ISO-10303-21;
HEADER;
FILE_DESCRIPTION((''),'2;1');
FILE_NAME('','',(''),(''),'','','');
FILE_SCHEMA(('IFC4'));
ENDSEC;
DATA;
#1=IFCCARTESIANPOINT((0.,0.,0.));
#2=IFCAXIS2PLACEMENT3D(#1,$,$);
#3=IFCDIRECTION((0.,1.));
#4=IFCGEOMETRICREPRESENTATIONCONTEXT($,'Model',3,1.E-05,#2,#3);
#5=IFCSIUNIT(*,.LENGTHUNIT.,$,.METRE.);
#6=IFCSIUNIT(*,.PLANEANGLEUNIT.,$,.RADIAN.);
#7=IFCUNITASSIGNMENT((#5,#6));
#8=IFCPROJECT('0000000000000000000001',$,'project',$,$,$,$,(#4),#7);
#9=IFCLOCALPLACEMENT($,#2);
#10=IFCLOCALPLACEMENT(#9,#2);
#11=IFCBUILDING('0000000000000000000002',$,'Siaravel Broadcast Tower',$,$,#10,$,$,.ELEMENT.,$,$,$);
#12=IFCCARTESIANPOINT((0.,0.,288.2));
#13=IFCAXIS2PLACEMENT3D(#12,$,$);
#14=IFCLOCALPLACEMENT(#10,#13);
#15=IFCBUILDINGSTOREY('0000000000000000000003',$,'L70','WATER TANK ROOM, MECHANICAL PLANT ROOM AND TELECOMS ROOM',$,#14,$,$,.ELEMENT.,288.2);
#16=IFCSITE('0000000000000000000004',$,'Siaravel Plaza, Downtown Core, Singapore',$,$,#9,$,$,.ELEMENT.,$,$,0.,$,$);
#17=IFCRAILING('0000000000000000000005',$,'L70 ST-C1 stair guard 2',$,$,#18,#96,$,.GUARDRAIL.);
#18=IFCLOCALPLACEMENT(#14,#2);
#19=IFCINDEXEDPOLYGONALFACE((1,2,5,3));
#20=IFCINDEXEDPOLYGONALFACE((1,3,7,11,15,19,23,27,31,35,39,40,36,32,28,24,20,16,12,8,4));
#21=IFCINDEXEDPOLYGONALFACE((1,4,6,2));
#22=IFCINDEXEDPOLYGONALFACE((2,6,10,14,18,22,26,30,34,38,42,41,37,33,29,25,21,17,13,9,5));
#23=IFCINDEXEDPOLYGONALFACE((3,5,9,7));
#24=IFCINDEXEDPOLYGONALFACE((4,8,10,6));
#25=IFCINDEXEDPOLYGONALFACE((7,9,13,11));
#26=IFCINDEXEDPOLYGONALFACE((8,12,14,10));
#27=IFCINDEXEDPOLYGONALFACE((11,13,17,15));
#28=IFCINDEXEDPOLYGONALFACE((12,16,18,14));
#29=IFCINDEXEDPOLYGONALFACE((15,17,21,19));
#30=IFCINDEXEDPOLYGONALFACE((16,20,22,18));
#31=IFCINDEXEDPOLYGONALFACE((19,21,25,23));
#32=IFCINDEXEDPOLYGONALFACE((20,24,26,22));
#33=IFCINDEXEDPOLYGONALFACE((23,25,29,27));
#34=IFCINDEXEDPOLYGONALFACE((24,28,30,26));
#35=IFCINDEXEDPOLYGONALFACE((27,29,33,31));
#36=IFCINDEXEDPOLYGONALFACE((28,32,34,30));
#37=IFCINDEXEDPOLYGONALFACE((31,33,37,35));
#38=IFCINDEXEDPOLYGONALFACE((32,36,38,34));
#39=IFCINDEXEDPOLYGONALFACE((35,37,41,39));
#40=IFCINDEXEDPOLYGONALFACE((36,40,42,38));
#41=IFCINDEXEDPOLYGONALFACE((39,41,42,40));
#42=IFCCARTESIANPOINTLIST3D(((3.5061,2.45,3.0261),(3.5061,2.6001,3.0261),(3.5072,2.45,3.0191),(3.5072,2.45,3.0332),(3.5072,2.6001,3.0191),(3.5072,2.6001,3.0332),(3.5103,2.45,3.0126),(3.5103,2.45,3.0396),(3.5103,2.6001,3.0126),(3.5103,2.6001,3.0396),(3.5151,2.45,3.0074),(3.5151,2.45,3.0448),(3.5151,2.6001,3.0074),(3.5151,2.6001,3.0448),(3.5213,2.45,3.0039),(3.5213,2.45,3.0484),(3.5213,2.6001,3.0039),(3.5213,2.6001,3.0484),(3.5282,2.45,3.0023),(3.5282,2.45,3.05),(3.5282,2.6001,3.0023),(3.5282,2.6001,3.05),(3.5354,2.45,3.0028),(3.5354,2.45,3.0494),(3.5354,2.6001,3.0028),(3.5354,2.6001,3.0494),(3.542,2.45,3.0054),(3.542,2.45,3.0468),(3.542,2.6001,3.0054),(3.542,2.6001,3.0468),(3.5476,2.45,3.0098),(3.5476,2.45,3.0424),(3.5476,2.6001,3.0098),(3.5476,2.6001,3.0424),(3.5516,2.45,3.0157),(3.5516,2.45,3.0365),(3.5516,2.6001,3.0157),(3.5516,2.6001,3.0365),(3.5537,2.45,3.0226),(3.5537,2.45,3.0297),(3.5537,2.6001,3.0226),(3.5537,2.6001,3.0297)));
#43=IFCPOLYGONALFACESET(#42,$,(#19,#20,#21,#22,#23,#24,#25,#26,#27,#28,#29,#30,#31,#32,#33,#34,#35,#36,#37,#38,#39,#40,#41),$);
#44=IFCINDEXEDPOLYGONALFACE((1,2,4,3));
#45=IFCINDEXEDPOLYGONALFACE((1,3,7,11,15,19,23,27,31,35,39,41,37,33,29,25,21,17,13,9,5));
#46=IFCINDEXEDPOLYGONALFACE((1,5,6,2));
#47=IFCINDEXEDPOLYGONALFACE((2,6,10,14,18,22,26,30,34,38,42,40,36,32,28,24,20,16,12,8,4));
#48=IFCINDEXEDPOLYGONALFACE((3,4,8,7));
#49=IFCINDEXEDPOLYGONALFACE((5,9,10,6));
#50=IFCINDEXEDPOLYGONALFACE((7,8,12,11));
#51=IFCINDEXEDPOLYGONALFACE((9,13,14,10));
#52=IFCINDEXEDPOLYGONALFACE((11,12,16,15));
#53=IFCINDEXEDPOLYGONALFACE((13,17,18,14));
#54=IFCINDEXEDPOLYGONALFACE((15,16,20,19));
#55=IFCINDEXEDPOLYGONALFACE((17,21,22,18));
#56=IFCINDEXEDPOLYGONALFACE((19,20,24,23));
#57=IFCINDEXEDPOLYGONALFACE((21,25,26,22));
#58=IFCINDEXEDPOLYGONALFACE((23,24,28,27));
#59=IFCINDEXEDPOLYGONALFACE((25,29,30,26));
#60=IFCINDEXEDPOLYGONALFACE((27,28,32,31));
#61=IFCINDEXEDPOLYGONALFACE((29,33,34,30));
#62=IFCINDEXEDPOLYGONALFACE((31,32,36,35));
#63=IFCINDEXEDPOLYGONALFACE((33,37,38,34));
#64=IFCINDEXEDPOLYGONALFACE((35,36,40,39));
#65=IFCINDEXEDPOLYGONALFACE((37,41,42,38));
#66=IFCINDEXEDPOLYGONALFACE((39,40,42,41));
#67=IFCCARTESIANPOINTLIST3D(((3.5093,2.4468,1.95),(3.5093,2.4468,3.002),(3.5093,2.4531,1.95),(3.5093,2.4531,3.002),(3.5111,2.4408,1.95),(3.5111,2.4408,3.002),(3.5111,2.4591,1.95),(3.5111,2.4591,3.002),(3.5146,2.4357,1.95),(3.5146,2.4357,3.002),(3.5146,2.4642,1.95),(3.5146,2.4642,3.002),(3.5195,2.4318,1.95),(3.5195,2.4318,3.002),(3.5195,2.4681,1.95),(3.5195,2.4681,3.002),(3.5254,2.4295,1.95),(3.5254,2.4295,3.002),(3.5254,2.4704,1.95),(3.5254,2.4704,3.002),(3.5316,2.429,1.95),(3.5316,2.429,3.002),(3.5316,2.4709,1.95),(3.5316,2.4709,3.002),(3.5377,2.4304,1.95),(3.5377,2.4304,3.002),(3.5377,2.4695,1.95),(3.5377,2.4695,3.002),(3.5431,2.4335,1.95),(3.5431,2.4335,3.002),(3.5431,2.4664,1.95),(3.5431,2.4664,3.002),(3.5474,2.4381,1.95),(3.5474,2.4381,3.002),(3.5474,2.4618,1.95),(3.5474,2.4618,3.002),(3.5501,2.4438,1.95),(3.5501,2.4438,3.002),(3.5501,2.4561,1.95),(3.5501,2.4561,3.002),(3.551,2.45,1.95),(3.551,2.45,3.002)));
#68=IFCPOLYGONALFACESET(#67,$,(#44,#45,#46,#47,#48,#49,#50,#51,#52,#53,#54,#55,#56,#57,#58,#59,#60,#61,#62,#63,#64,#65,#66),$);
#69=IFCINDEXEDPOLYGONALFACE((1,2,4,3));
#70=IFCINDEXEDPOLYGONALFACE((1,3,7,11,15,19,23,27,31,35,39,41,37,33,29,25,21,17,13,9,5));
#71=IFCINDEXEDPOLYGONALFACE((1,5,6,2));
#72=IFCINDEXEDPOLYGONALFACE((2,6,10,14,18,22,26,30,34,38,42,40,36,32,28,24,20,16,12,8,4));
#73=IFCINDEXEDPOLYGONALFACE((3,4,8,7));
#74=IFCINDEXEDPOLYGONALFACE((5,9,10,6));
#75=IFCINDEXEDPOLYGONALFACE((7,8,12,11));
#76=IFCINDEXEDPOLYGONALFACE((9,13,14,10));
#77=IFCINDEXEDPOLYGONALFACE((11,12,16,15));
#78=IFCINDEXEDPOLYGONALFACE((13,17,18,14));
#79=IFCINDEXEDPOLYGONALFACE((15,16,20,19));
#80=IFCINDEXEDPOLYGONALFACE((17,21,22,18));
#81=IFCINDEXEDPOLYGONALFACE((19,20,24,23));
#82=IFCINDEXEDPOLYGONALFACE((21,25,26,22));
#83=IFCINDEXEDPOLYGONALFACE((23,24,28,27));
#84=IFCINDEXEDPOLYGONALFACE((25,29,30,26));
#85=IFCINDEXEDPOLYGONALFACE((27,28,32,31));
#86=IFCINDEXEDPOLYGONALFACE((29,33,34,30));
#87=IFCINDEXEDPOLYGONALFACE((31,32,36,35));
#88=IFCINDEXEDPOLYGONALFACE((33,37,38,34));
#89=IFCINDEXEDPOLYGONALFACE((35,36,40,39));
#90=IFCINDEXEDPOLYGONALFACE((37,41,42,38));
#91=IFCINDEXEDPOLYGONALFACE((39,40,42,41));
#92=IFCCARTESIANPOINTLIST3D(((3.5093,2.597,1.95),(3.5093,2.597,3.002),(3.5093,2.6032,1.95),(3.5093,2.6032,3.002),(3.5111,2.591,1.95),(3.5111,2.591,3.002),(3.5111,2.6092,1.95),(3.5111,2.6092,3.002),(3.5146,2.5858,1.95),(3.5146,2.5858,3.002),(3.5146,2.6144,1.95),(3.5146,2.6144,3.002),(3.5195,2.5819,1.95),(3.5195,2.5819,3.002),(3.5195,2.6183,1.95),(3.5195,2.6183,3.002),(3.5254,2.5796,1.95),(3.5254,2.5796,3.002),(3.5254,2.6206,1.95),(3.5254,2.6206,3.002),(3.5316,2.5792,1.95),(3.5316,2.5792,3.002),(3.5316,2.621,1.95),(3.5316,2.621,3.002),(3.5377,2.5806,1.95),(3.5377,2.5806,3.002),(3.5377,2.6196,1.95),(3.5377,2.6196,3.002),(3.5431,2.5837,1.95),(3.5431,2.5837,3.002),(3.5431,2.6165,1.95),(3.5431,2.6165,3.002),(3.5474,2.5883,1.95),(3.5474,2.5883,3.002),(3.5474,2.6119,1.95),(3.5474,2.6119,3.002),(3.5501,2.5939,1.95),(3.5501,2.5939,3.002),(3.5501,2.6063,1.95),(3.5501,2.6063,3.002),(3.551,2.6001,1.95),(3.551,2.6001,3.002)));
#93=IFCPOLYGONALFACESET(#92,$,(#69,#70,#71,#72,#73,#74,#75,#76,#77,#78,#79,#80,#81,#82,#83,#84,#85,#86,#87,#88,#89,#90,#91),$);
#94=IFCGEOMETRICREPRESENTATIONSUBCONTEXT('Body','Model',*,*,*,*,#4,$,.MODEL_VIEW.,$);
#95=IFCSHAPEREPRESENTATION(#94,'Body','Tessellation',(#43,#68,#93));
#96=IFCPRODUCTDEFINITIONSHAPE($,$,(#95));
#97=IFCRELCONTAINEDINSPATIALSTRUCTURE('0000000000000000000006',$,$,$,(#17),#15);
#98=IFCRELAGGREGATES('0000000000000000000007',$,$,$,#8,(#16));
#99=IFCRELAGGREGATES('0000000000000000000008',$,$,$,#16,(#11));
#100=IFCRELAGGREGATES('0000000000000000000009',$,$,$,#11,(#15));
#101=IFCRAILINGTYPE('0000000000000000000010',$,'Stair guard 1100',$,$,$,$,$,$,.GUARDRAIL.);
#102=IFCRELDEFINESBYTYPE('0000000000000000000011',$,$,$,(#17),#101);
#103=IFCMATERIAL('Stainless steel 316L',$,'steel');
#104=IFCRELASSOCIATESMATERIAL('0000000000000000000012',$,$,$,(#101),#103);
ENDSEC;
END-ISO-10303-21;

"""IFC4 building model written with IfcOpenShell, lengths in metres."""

from ifc_helpers import new_model, si_unit, direction, frame, origin, origin_2d, place, context, subcontext, project, spatial, circle, extrude, material, type_object, element, save


model = new_model("IFC4")

# Units and contexts
model_context = context("Model", 3, precision=1e-05, world=origin(), true_north=direction((0.0, 1.0)))
body_context = subcontext(model_context, "Body", "Model", "MODEL_VIEW")
ifc_project = project(units=[si_unit("LENGTHUNIT", "METRE"), si_unit("PLANEANGLEUNIT", "RADIAN")], contexts=[model_context])

# Site, building, storey
site_placement = place(None, origin())
site = spatial("IfcSite", under=ifc_project, at=site_placement, Name="Siaravel Plaza, Downtown Core, Singapore", CompositionType="ELEMENT", RefElevation=0.0)
building_placement = place(site_placement, origin())
building = spatial("IfcBuilding", under=site, at=building_placement, Name="Siaravel Broadcast Tower", CompositionType="ELEMENT")
storey_placement = place(building_placement, frame((0.0, 0.0, 288.2)))
storey = spatial("IfcBuildingStorey", under=building, at=storey_placement, Name="L70", Description="WATER TANK ROOM, MECHANICAL PLANT ROOM AND TELECOMS ROOM", CompositionType="ELEMENT", Elevation=288.2)

# Railing
ifc_material_1 = material(Name="Stainless steel 316L", Category="steel")
railing_type_1 = type_object("IfcRailingType", Name="Stair guard 1100", PredefinedType="GUARDRAIL", material=ifc_material_1)
railing_1_placement = place(storey_placement, frame((3.53, 2.45, 1.95)))
element("IfcRailing", 1, at=railing_1_placement, inside=storey, type_object=railing_type_1, Name="L70 ST-C1 stair guard 2", PredefinedType="GUARDRAIL", context=body_context, shape_type="SweptSolid", body=[
    extrude(circle(Radius=0.0239, at=origin_2d()), frame((0.0, 0.0, 1.0762), z_axis=(0.0, 1.0, 0.0), x_axis=(-1.0, 0.0, 0.0)), (0.0, 0.0, 1.0), 0.1501),
    extrude(circle(Radius=0.021, at=origin_2d()), origin(), (0.0, 0.0, 1.0), 1.052),
    extrude(circle(Radius=0.021, at=origin_2d()), frame((0.0, 0.1501, 0.0)), (0.0, 0.0, 1.0), 1.052),
])

save(model, "model.ifc")
